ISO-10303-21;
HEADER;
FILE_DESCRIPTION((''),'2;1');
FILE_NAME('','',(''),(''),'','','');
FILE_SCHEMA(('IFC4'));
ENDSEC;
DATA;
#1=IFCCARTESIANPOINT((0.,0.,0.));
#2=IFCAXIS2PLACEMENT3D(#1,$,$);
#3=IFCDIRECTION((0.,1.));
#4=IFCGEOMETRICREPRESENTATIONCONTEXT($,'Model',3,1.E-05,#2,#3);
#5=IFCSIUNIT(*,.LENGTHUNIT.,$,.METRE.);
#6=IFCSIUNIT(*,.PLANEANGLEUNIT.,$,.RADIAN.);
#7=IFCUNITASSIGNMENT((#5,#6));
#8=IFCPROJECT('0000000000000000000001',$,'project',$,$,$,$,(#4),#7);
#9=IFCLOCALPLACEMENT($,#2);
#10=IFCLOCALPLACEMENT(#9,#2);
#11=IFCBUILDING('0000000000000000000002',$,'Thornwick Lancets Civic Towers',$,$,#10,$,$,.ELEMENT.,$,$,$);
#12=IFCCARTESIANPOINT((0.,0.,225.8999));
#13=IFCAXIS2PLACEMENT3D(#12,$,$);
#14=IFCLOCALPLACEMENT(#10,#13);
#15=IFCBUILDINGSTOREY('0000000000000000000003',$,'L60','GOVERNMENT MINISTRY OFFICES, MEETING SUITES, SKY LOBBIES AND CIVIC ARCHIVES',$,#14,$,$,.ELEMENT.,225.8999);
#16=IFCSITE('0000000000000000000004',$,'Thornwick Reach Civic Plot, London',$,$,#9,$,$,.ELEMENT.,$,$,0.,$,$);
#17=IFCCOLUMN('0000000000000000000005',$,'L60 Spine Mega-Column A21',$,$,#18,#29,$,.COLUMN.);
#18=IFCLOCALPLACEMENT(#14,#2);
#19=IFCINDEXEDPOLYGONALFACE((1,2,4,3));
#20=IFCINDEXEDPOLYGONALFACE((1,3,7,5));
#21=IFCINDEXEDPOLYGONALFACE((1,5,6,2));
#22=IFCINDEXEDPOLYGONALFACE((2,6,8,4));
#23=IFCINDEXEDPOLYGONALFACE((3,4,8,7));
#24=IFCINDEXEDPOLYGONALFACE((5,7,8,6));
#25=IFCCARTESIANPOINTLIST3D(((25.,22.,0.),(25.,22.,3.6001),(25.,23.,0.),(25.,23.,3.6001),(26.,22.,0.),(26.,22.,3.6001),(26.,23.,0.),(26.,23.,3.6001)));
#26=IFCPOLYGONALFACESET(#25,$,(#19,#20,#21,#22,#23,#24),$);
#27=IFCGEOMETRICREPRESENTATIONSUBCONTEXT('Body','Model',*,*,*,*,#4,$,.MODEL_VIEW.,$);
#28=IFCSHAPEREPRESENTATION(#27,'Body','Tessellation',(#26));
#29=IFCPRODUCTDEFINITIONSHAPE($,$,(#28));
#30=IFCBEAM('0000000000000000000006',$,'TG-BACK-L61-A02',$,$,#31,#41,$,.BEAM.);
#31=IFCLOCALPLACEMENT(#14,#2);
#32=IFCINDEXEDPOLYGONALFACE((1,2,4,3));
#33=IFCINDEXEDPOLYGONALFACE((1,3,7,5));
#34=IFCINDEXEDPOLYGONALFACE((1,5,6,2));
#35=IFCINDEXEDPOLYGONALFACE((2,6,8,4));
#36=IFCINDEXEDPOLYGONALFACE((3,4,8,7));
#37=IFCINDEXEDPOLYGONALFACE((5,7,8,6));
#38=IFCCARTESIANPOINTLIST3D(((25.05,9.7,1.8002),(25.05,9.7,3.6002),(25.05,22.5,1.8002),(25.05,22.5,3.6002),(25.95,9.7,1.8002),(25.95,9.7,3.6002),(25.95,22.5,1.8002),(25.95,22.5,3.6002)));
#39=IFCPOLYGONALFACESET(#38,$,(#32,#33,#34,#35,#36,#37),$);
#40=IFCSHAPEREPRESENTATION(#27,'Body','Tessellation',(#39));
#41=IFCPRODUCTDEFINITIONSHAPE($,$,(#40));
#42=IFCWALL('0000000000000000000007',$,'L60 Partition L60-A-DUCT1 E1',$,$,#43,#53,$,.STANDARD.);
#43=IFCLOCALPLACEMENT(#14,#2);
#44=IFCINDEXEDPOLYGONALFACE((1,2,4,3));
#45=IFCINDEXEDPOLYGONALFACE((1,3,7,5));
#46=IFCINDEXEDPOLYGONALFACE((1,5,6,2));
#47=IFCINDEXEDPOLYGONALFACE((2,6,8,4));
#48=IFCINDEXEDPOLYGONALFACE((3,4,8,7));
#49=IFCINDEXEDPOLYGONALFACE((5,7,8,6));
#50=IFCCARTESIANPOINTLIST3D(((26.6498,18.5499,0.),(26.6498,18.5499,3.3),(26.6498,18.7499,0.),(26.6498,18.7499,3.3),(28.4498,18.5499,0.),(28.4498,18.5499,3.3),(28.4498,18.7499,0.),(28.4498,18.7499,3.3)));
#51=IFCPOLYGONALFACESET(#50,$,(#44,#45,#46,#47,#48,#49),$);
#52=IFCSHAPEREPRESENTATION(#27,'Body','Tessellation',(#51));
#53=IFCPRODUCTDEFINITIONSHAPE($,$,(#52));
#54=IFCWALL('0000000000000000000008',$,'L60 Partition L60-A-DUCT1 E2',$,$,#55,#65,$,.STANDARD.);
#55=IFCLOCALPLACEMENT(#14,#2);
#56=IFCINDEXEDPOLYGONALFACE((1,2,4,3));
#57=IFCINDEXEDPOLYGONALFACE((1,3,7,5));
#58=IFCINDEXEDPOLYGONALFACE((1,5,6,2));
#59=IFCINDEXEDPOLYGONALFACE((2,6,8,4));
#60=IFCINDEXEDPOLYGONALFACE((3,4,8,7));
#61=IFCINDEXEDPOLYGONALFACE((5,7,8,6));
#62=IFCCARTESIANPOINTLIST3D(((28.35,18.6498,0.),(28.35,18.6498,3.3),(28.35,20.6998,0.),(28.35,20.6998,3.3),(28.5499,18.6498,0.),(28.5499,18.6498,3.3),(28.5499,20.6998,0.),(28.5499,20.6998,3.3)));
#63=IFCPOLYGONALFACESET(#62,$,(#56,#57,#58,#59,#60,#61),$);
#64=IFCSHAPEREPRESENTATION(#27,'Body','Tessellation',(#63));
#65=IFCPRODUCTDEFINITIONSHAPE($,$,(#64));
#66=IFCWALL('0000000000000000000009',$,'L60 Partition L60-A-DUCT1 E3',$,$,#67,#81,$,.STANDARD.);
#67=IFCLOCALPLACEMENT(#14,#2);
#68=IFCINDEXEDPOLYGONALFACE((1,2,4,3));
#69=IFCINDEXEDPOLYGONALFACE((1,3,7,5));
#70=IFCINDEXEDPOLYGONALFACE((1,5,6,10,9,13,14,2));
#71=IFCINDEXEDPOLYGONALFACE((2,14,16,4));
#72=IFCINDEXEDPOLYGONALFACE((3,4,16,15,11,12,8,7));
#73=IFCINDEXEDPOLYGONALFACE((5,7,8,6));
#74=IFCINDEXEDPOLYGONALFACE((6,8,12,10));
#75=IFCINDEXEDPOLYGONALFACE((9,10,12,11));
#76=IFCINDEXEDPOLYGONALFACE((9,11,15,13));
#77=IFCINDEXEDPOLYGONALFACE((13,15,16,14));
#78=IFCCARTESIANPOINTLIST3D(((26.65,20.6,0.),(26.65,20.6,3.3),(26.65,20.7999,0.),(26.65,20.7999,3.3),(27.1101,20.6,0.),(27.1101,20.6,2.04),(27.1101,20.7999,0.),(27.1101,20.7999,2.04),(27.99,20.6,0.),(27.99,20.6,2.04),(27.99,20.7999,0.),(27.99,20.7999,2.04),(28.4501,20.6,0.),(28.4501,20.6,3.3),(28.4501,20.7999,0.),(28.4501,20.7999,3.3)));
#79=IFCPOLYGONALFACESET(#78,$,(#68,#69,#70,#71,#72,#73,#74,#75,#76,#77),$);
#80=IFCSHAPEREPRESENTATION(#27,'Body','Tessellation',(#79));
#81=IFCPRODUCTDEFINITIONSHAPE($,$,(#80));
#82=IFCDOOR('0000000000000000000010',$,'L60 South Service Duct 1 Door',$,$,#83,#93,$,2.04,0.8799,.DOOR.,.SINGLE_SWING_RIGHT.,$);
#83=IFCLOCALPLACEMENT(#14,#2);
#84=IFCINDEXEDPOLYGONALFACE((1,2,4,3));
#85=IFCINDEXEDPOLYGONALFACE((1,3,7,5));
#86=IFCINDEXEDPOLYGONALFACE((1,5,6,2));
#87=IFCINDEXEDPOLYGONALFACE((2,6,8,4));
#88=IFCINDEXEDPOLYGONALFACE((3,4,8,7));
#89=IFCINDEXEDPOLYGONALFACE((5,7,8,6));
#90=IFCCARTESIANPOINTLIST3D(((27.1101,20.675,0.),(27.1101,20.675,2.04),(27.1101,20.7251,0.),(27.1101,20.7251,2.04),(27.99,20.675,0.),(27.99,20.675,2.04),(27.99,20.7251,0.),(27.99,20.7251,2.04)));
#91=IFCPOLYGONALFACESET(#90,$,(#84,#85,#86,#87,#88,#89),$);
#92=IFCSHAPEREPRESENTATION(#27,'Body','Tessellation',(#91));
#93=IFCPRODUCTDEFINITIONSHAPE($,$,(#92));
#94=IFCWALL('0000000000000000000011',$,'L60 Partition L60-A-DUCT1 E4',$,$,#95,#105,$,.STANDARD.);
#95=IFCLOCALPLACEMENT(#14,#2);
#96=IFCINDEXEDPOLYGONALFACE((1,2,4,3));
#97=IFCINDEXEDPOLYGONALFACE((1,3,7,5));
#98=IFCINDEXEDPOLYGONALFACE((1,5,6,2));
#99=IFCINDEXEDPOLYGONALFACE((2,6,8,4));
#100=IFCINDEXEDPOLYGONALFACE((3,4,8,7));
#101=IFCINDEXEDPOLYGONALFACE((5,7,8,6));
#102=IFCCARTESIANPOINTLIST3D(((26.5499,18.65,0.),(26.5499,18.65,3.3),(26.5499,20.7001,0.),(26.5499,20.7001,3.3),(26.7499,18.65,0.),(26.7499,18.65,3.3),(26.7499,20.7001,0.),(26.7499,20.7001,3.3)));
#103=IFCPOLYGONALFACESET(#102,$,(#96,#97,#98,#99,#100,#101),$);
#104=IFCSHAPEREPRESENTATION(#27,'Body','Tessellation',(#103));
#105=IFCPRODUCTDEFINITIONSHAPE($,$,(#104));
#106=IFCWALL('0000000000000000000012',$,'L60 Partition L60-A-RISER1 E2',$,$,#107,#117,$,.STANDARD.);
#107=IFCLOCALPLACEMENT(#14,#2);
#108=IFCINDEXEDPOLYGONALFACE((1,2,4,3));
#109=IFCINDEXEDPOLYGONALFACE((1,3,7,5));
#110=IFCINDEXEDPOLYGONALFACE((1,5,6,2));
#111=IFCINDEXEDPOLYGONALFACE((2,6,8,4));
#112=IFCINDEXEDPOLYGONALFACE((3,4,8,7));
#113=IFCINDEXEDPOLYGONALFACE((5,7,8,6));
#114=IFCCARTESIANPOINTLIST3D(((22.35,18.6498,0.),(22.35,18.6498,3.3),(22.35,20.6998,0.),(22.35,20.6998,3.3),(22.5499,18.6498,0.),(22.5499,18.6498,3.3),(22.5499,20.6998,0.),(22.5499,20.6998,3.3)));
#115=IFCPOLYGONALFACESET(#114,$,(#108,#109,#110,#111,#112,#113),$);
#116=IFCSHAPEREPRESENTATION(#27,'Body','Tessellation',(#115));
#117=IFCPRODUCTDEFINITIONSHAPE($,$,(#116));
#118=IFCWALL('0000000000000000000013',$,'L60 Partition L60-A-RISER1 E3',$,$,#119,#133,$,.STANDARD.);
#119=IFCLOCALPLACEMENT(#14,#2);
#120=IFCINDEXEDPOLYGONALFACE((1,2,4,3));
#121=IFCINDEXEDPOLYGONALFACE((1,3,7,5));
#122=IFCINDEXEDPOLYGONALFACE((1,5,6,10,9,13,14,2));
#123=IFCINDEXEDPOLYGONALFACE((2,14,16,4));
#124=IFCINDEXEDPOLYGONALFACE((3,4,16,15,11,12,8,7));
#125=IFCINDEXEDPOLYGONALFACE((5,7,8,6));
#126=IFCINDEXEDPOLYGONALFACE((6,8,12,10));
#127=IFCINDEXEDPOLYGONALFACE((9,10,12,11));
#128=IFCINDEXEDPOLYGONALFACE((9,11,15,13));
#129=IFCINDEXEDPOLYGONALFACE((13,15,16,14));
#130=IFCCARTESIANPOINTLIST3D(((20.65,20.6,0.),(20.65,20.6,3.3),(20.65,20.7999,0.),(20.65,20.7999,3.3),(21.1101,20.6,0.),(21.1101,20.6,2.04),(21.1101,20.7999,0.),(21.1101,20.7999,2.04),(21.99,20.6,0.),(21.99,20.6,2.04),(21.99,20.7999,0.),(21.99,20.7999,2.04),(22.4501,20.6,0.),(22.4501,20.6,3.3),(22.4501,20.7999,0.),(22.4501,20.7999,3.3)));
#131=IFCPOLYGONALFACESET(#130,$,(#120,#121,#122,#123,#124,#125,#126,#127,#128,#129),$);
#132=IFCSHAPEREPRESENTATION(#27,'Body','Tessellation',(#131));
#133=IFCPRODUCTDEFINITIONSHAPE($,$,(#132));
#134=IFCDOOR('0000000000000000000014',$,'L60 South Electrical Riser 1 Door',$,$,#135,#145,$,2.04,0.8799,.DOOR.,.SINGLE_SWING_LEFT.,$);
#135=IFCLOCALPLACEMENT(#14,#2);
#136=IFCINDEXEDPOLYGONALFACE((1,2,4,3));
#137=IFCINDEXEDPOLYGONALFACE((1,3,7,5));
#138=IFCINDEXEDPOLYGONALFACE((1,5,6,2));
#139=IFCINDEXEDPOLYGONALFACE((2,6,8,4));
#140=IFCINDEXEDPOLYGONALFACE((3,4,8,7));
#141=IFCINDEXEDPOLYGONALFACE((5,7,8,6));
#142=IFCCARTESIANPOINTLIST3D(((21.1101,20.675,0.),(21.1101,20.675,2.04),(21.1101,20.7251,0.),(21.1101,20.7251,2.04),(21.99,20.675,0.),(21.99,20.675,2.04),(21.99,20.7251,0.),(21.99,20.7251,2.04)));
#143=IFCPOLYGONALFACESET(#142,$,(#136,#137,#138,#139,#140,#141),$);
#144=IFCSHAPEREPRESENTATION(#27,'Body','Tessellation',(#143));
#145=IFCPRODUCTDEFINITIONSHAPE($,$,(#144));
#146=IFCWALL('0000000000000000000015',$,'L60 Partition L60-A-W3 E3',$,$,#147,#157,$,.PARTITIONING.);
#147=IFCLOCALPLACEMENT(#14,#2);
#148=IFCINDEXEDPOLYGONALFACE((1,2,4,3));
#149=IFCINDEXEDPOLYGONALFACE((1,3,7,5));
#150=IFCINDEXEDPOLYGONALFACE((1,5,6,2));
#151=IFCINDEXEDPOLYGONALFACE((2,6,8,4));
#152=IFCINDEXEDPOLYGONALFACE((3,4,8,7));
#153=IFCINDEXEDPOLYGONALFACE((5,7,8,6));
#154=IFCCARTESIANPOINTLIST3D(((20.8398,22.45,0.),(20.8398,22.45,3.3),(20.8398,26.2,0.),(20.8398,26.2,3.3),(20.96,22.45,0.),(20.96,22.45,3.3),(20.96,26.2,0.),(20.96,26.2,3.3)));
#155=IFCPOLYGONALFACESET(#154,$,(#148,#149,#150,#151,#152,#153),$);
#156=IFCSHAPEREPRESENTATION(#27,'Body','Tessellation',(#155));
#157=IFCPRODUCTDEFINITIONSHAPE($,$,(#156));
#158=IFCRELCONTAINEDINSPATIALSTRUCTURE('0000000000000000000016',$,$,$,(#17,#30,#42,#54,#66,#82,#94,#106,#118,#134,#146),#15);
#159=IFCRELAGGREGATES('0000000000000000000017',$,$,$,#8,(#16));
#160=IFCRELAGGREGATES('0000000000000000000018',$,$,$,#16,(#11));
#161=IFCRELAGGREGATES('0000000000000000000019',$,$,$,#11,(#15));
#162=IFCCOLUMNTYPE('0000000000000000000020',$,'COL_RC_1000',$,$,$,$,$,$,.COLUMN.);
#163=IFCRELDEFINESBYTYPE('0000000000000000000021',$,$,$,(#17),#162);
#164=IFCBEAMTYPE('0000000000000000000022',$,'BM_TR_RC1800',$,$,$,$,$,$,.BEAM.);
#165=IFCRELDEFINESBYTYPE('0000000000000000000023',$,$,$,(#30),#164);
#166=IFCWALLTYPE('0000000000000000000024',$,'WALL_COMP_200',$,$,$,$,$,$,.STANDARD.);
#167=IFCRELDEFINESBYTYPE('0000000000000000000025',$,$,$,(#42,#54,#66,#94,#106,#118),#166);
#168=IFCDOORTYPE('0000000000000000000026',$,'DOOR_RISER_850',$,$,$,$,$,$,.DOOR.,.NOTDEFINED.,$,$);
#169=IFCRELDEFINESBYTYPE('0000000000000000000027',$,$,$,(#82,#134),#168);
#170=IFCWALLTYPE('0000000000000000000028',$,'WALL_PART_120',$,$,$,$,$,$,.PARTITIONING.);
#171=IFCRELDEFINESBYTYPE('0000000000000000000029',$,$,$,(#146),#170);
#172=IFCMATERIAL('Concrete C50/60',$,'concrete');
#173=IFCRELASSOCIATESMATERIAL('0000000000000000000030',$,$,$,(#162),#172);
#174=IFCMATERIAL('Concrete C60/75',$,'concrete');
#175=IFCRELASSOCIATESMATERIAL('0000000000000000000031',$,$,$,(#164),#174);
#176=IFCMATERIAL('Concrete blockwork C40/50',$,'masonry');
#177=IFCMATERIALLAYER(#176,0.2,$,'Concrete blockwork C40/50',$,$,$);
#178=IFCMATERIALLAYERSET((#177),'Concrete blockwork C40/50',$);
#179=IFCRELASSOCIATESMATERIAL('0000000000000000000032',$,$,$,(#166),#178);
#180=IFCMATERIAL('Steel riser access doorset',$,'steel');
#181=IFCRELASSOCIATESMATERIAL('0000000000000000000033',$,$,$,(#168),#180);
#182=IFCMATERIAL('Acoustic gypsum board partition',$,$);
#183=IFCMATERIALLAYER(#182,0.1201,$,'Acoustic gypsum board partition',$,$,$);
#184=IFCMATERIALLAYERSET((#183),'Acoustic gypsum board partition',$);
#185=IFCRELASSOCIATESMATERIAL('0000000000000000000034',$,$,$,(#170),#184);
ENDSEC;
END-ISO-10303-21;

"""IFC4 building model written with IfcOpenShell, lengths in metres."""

from ifc_helpers import new_model, si_unit, direction, frame, frame_2d, origin, origin_2d, place, context, subcontext, project, spatial, rectangle, extrude, material, layer, layer_set, material_profile, profile_set, type_object, element, fill, save


model = new_model("IFC4")

# Units and contexts
model_context = context("Model", 3, precision=1e-05, world=origin(), true_north=direction((0.0, 1.0)))
body_context = subcontext(model_context, "Body", "Model", "MODEL_VIEW")
ifc_project = project(units=[si_unit("LENGTHUNIT", "METRE"), si_unit("PLANEANGLEUNIT", "RADIAN")], contexts=[model_context])

# Site, building, storey
site_placement = place(None, origin())
site = spatial("IfcSite", under=ifc_project, at=site_placement, Name="Thornwick Reach Civic Plot, London", CompositionType="ELEMENT", RefElevation=0.0)
building_placement = place(site_placement, origin())
building = spatial("IfcBuilding", under=site, at=building_placement, Name="Thornwick Lancets Civic Towers", CompositionType="ELEMENT")
storey_placement = place(building_placement, frame((0.0, 0.0, 225.8999)))
storey = spatial("IfcBuildingStorey", under=building, at=storey_placement, Name="L60", Description="GOVERNMENT MINISTRY OFFICES, MEETING SUITES, SKY LOBBIES AND CIVIC ARCHIVES", CompositionType="ELEMENT", Elevation=225.8999)

# Column
ifc_material_1 = material(Name="Concrete C50/60", Category="concrete")
ifc_material_profile_1 = material_profile(ifc_material_1, rectangle(XDim=1.0, YDim=1.0, at=origin_2d()), Name="RC 1000x1000")
ifc_profile_set_1 = profile_set([ifc_material_profile_1], Name="Concrete C50/60")
column_type = type_object("IfcColumnType", Name="COL_RC_1000", PredefinedType="COLUMN", material=ifc_profile_set_1)
column_placement = place(storey_placement, frame((25.5, 22.5, 0.0), z_axis=(0.0, 0.0, 1.0), x_axis=(1.0, 0.0, 0.0)))
element("IfcColumn", 1, at=column_placement, inside=storey, type_object=column_type, Name="L60 Spine Mega-Column A21", PredefinedType="COLUMN", context=body_context, shape_type="SweptSolid", body=[
    extrude(rectangle(XDim=1.0, YDim=1.0, at=origin_2d()), origin(), (0.0, 0.0, 1.0), 3.6001),
])

# Beam
ifc_material_2 = material(Name="Concrete C60/75", Category="concrete")
ifc_material_profile_2 = material_profile(ifc_material_2, rectangle(XDim=0.8999, YDim=1.8, at=origin_2d()), Name="RC 900x1800")
ifc_profile_set_2 = profile_set([ifc_material_profile_2], Name="Concrete C60/75")
beam_type = type_object("IfcBeamType", Name="BM_TR_RC1800", PredefinedType="BEAM", material=ifc_profile_set_2)
beam_placement = place(storey_placement, frame((25.5, 22.5, 2.7002), z_axis=(0.0, -1.0, 0.0), x_axis=(1.0, 0.0, 0.0)))
element("IfcBeam", 2, at=beam_placement, inside=storey, type_object=beam_type, Name="TG-BACK-L61-A02", PredefinedType="BEAM", context=body_context, shape_type="SweptSolid", body=[
    extrude(rectangle(XDim=0.8999, YDim=1.8, at=origin_2d()), origin(), (0.0, 0.0, 1.0), 12.8),
])

# Walls
ifc_material_3 = material(Name="Concrete blockwork C40/50", Category="masonry")
ifc_layer_1 = layer(ifc_material_3, 0.2, Name="Concrete blockwork C40/50")
ifc_layer_set_1 = layer_set([ifc_layer_1], Name="Concrete blockwork C40/50")
wall_type_1 = type_object("IfcWallType", Name="WALL_COMP_200", PredefinedType="STANDARD", material=ifc_layer_set_1)
wall_1_placement = place(storey_placement, frame((26.6499, 18.6499, 0.0), z_axis=(0.0, 0.0, 1.0), x_axis=(1.0, 0.0, 0.0)))
element("IfcWall", 3, at=wall_1_placement, inside=storey, type_object=wall_type_1, Name="L60 Partition L60-A-DUCT1 E1", PredefinedType="STANDARD", context=body_context, shape_type="SweptSolid", body=[
    extrude(rectangle(XDim=1.8, YDim=0.2, at=frame_2d((0.8999, 0.0))), origin(), (0.0, 0.0, 1.0), 3.3),
])
wall_2_placement = place(storey_placement, frame((28.45, 18.6499, 0.0), z_axis=(0.0, 0.0, 1.0), x_axis=(0.0, 1.0, 0.0)))
element("IfcWall", 4, at=wall_2_placement, inside=storey, type_object=wall_type_1, Name="L60 Partition L60-A-DUCT1 E2", PredefinedType="STANDARD", context=body_context, shape_type="SweptSolid", body=[
    extrude(rectangle(XDim=2.05, YDim=0.2, at=frame_2d((1.0249, 0.0))), origin(), (0.0, 0.0, 1.0), 3.3),
])

# Wall, opening, door
wall_3_placement = place(storey_placement, frame((28.45, 20.7, 0.0), z_axis=(0.0, 0.0, 1.0), x_axis=(-1.0, 0.0, 0.0)))
wall_3 = element("IfcWall", 5, at=wall_3_placement, inside=storey, type_object=wall_type_1, Name="L60 Partition L60-A-DUCT1 E3", PredefinedType="STANDARD", context=body_context, shape_type="SweptSolid", body=[
    extrude(rectangle(XDim=1.8, YDim=0.2, at=frame_2d((0.8999, 0.0))), origin(), (0.0, 0.0, 1.0), 3.3),
])
opening_1_placement = place(wall_3_placement, frame((0.46, 0.0, 0.0)))
opening_1 = element("IfcOpeningElement", 6, at=opening_1_placement, cuts=wall_3, PredefinedType="OPENING", context=body_context, shape_type="SweptSolid", body=[
    extrude(rectangle(XDim=0.8799, YDim=2.04, at=frame_2d((0.4399, 1.02))), frame((0.0, 0.1099, 0.0), z_axis=(0.0, -1.0, 0.0), x_axis=(1.0, 0.0, 0.0)), (0.0, 0.0, 1.0), 0.22),
])
ifc_material_4 = material(Name="Steel riser access doorset", Category="steel")
door_type_1 = type_object("IfcDoorType", Name="DOOR_RISER_850", OperationType="NOTDEFINED", PredefinedType="DOOR", material=ifc_material_4)
door_1_placement = place(opening_1_placement, origin())
door_1 = element("IfcDoor", 7, at=door_1_placement, inside=storey, type_object=door_type_1, Name="L60 South Service Duct 1 Door", OperationType="SINGLE_SWING_RIGHT", OverallHeight=2.04, OverallWidth=0.8799, PredefinedType="DOOR", context=body_context, shape_type="SweptSolid", body=[
    extrude(rectangle(XDim=0.8799, YDim=2.04, at=frame_2d((0.4399, 1.02))), frame((0.0, 0.0249, 0.0), z_axis=(0.0, -1.0, 0.0), x_axis=(1.0, 0.0, 0.0)), (0.0, 0.0, 1.0), 0.05),
])
fill(opening_1, door_1)

# Walls
for number, where, z_axis, x_axis, name in (
    (8, (26.6499, 20.7, 0.0), (0.0, 0.0, 1.0), (0.0, -1.0, 0.0), "L60 Partition L60-A-DUCT1 E4"),
    (9, (22.45, 18.6499, 0.0), (0.0, 0.0, 1.0), (0.0, 1.0, 0.0), "L60 Partition L60-A-RISER1 E2"),
):
    element("IfcWall", number, at=place(storey_placement, frame(where, z_axis=z_axis, x_axis=x_axis)), inside=storey, type_object=wall_type_1, Name=name, PredefinedType="STANDARD", context=body_context, shape_type="SweptSolid", body=[
        extrude(rectangle(XDim=2.05, YDim=0.2, at=frame_2d((1.0249, 0.0))), origin(), (0.0, 0.0, 1.0), 3.3),
    ])

# Wall, opening, door
wall_4_placement = place(storey_placement, frame((22.45, 20.7, 0.0), z_axis=(0.0, 0.0, 1.0), x_axis=(-1.0, 0.0, 0.0)))
wall_4 = element("IfcWall", 10, at=wall_4_placement, inside=storey, type_object=wall_type_1, Name="L60 Partition L60-A-RISER1 E3", PredefinedType="STANDARD", context=body_context, shape_type="SweptSolid", body=[
    extrude(rectangle(XDim=1.8, YDim=0.2, at=frame_2d((0.8999, 0.0))), origin(), (0.0, 0.0, 1.0), 3.3),
])
opening_2_placement = place(wall_4_placement, frame((0.46, 0.0, 0.0)))
opening_2 = element("IfcOpeningElement", 11, at=opening_2_placement, cuts=wall_4, PredefinedType="OPENING", context=body_context, shape_type="SweptSolid", body=[
    extrude(rectangle(XDim=0.8799, YDim=2.04, at=frame_2d((0.4399, 1.02))), frame((0.0, 0.1099, 0.0), z_axis=(0.0, -1.0, 0.0), x_axis=(1.0, 0.0, 0.0)), (0.0, 0.0, 1.0), 0.22),
])
door_2_placement = place(opening_2_placement, origin())
door_2 = element("IfcDoor", 12, at=door_2_placement, inside=storey, type_object=door_type_1, Name="L60 South Electrical Riser 1 Door", OperationType="SINGLE_SWING_LEFT", OverallHeight=2.04, OverallWidth=0.8799, PredefinedType="DOOR", context=body_context, shape_type="SweptSolid", body=[
    extrude(rectangle(XDim=0.8799, YDim=2.04, at=frame_2d((0.4399, 1.02))), frame((0.0, 0.0249, 0.0), z_axis=(0.0, -1.0, 0.0), x_axis=(1.0, 0.0, 0.0)), (0.0, 0.0, 1.0), 0.05),
])
fill(opening_2, door_2)

# Wall
ifc_material_5 = material(Name="Acoustic gypsum board partition")
ifc_layer_2 = layer(ifc_material_5, 0.1201, Name="Acoustic gypsum board partition")
ifc_layer_set_2 = layer_set([ifc_layer_2], Name="Acoustic gypsum board partition")
wall_type_2 = type_object("IfcWallType", Name="WALL_PART_120", PredefinedType="PARTITIONING", material=ifc_layer_set_2)
wall_5_placement = place(storey_placement, frame((20.8999, 26.2, 0.0), z_axis=(0.0, 0.0, 1.0), x_axis=(0.0, -1.0, 0.0)))
element("IfcWall", 13, at=wall_5_placement, inside=storey, type_object=wall_type_2, Name="L60 Partition L60-A-W3 E3", PredefinedType="PARTITIONING", context=body_context, shape_type="SweptSolid", body=[
    extrude(rectangle(XDim=3.75, YDim=0.1201, at=frame_2d((1.875, 0.0))), origin(), (0.0, 0.0, 1.0), 3.3),
])

save(model, "model.ifc")
